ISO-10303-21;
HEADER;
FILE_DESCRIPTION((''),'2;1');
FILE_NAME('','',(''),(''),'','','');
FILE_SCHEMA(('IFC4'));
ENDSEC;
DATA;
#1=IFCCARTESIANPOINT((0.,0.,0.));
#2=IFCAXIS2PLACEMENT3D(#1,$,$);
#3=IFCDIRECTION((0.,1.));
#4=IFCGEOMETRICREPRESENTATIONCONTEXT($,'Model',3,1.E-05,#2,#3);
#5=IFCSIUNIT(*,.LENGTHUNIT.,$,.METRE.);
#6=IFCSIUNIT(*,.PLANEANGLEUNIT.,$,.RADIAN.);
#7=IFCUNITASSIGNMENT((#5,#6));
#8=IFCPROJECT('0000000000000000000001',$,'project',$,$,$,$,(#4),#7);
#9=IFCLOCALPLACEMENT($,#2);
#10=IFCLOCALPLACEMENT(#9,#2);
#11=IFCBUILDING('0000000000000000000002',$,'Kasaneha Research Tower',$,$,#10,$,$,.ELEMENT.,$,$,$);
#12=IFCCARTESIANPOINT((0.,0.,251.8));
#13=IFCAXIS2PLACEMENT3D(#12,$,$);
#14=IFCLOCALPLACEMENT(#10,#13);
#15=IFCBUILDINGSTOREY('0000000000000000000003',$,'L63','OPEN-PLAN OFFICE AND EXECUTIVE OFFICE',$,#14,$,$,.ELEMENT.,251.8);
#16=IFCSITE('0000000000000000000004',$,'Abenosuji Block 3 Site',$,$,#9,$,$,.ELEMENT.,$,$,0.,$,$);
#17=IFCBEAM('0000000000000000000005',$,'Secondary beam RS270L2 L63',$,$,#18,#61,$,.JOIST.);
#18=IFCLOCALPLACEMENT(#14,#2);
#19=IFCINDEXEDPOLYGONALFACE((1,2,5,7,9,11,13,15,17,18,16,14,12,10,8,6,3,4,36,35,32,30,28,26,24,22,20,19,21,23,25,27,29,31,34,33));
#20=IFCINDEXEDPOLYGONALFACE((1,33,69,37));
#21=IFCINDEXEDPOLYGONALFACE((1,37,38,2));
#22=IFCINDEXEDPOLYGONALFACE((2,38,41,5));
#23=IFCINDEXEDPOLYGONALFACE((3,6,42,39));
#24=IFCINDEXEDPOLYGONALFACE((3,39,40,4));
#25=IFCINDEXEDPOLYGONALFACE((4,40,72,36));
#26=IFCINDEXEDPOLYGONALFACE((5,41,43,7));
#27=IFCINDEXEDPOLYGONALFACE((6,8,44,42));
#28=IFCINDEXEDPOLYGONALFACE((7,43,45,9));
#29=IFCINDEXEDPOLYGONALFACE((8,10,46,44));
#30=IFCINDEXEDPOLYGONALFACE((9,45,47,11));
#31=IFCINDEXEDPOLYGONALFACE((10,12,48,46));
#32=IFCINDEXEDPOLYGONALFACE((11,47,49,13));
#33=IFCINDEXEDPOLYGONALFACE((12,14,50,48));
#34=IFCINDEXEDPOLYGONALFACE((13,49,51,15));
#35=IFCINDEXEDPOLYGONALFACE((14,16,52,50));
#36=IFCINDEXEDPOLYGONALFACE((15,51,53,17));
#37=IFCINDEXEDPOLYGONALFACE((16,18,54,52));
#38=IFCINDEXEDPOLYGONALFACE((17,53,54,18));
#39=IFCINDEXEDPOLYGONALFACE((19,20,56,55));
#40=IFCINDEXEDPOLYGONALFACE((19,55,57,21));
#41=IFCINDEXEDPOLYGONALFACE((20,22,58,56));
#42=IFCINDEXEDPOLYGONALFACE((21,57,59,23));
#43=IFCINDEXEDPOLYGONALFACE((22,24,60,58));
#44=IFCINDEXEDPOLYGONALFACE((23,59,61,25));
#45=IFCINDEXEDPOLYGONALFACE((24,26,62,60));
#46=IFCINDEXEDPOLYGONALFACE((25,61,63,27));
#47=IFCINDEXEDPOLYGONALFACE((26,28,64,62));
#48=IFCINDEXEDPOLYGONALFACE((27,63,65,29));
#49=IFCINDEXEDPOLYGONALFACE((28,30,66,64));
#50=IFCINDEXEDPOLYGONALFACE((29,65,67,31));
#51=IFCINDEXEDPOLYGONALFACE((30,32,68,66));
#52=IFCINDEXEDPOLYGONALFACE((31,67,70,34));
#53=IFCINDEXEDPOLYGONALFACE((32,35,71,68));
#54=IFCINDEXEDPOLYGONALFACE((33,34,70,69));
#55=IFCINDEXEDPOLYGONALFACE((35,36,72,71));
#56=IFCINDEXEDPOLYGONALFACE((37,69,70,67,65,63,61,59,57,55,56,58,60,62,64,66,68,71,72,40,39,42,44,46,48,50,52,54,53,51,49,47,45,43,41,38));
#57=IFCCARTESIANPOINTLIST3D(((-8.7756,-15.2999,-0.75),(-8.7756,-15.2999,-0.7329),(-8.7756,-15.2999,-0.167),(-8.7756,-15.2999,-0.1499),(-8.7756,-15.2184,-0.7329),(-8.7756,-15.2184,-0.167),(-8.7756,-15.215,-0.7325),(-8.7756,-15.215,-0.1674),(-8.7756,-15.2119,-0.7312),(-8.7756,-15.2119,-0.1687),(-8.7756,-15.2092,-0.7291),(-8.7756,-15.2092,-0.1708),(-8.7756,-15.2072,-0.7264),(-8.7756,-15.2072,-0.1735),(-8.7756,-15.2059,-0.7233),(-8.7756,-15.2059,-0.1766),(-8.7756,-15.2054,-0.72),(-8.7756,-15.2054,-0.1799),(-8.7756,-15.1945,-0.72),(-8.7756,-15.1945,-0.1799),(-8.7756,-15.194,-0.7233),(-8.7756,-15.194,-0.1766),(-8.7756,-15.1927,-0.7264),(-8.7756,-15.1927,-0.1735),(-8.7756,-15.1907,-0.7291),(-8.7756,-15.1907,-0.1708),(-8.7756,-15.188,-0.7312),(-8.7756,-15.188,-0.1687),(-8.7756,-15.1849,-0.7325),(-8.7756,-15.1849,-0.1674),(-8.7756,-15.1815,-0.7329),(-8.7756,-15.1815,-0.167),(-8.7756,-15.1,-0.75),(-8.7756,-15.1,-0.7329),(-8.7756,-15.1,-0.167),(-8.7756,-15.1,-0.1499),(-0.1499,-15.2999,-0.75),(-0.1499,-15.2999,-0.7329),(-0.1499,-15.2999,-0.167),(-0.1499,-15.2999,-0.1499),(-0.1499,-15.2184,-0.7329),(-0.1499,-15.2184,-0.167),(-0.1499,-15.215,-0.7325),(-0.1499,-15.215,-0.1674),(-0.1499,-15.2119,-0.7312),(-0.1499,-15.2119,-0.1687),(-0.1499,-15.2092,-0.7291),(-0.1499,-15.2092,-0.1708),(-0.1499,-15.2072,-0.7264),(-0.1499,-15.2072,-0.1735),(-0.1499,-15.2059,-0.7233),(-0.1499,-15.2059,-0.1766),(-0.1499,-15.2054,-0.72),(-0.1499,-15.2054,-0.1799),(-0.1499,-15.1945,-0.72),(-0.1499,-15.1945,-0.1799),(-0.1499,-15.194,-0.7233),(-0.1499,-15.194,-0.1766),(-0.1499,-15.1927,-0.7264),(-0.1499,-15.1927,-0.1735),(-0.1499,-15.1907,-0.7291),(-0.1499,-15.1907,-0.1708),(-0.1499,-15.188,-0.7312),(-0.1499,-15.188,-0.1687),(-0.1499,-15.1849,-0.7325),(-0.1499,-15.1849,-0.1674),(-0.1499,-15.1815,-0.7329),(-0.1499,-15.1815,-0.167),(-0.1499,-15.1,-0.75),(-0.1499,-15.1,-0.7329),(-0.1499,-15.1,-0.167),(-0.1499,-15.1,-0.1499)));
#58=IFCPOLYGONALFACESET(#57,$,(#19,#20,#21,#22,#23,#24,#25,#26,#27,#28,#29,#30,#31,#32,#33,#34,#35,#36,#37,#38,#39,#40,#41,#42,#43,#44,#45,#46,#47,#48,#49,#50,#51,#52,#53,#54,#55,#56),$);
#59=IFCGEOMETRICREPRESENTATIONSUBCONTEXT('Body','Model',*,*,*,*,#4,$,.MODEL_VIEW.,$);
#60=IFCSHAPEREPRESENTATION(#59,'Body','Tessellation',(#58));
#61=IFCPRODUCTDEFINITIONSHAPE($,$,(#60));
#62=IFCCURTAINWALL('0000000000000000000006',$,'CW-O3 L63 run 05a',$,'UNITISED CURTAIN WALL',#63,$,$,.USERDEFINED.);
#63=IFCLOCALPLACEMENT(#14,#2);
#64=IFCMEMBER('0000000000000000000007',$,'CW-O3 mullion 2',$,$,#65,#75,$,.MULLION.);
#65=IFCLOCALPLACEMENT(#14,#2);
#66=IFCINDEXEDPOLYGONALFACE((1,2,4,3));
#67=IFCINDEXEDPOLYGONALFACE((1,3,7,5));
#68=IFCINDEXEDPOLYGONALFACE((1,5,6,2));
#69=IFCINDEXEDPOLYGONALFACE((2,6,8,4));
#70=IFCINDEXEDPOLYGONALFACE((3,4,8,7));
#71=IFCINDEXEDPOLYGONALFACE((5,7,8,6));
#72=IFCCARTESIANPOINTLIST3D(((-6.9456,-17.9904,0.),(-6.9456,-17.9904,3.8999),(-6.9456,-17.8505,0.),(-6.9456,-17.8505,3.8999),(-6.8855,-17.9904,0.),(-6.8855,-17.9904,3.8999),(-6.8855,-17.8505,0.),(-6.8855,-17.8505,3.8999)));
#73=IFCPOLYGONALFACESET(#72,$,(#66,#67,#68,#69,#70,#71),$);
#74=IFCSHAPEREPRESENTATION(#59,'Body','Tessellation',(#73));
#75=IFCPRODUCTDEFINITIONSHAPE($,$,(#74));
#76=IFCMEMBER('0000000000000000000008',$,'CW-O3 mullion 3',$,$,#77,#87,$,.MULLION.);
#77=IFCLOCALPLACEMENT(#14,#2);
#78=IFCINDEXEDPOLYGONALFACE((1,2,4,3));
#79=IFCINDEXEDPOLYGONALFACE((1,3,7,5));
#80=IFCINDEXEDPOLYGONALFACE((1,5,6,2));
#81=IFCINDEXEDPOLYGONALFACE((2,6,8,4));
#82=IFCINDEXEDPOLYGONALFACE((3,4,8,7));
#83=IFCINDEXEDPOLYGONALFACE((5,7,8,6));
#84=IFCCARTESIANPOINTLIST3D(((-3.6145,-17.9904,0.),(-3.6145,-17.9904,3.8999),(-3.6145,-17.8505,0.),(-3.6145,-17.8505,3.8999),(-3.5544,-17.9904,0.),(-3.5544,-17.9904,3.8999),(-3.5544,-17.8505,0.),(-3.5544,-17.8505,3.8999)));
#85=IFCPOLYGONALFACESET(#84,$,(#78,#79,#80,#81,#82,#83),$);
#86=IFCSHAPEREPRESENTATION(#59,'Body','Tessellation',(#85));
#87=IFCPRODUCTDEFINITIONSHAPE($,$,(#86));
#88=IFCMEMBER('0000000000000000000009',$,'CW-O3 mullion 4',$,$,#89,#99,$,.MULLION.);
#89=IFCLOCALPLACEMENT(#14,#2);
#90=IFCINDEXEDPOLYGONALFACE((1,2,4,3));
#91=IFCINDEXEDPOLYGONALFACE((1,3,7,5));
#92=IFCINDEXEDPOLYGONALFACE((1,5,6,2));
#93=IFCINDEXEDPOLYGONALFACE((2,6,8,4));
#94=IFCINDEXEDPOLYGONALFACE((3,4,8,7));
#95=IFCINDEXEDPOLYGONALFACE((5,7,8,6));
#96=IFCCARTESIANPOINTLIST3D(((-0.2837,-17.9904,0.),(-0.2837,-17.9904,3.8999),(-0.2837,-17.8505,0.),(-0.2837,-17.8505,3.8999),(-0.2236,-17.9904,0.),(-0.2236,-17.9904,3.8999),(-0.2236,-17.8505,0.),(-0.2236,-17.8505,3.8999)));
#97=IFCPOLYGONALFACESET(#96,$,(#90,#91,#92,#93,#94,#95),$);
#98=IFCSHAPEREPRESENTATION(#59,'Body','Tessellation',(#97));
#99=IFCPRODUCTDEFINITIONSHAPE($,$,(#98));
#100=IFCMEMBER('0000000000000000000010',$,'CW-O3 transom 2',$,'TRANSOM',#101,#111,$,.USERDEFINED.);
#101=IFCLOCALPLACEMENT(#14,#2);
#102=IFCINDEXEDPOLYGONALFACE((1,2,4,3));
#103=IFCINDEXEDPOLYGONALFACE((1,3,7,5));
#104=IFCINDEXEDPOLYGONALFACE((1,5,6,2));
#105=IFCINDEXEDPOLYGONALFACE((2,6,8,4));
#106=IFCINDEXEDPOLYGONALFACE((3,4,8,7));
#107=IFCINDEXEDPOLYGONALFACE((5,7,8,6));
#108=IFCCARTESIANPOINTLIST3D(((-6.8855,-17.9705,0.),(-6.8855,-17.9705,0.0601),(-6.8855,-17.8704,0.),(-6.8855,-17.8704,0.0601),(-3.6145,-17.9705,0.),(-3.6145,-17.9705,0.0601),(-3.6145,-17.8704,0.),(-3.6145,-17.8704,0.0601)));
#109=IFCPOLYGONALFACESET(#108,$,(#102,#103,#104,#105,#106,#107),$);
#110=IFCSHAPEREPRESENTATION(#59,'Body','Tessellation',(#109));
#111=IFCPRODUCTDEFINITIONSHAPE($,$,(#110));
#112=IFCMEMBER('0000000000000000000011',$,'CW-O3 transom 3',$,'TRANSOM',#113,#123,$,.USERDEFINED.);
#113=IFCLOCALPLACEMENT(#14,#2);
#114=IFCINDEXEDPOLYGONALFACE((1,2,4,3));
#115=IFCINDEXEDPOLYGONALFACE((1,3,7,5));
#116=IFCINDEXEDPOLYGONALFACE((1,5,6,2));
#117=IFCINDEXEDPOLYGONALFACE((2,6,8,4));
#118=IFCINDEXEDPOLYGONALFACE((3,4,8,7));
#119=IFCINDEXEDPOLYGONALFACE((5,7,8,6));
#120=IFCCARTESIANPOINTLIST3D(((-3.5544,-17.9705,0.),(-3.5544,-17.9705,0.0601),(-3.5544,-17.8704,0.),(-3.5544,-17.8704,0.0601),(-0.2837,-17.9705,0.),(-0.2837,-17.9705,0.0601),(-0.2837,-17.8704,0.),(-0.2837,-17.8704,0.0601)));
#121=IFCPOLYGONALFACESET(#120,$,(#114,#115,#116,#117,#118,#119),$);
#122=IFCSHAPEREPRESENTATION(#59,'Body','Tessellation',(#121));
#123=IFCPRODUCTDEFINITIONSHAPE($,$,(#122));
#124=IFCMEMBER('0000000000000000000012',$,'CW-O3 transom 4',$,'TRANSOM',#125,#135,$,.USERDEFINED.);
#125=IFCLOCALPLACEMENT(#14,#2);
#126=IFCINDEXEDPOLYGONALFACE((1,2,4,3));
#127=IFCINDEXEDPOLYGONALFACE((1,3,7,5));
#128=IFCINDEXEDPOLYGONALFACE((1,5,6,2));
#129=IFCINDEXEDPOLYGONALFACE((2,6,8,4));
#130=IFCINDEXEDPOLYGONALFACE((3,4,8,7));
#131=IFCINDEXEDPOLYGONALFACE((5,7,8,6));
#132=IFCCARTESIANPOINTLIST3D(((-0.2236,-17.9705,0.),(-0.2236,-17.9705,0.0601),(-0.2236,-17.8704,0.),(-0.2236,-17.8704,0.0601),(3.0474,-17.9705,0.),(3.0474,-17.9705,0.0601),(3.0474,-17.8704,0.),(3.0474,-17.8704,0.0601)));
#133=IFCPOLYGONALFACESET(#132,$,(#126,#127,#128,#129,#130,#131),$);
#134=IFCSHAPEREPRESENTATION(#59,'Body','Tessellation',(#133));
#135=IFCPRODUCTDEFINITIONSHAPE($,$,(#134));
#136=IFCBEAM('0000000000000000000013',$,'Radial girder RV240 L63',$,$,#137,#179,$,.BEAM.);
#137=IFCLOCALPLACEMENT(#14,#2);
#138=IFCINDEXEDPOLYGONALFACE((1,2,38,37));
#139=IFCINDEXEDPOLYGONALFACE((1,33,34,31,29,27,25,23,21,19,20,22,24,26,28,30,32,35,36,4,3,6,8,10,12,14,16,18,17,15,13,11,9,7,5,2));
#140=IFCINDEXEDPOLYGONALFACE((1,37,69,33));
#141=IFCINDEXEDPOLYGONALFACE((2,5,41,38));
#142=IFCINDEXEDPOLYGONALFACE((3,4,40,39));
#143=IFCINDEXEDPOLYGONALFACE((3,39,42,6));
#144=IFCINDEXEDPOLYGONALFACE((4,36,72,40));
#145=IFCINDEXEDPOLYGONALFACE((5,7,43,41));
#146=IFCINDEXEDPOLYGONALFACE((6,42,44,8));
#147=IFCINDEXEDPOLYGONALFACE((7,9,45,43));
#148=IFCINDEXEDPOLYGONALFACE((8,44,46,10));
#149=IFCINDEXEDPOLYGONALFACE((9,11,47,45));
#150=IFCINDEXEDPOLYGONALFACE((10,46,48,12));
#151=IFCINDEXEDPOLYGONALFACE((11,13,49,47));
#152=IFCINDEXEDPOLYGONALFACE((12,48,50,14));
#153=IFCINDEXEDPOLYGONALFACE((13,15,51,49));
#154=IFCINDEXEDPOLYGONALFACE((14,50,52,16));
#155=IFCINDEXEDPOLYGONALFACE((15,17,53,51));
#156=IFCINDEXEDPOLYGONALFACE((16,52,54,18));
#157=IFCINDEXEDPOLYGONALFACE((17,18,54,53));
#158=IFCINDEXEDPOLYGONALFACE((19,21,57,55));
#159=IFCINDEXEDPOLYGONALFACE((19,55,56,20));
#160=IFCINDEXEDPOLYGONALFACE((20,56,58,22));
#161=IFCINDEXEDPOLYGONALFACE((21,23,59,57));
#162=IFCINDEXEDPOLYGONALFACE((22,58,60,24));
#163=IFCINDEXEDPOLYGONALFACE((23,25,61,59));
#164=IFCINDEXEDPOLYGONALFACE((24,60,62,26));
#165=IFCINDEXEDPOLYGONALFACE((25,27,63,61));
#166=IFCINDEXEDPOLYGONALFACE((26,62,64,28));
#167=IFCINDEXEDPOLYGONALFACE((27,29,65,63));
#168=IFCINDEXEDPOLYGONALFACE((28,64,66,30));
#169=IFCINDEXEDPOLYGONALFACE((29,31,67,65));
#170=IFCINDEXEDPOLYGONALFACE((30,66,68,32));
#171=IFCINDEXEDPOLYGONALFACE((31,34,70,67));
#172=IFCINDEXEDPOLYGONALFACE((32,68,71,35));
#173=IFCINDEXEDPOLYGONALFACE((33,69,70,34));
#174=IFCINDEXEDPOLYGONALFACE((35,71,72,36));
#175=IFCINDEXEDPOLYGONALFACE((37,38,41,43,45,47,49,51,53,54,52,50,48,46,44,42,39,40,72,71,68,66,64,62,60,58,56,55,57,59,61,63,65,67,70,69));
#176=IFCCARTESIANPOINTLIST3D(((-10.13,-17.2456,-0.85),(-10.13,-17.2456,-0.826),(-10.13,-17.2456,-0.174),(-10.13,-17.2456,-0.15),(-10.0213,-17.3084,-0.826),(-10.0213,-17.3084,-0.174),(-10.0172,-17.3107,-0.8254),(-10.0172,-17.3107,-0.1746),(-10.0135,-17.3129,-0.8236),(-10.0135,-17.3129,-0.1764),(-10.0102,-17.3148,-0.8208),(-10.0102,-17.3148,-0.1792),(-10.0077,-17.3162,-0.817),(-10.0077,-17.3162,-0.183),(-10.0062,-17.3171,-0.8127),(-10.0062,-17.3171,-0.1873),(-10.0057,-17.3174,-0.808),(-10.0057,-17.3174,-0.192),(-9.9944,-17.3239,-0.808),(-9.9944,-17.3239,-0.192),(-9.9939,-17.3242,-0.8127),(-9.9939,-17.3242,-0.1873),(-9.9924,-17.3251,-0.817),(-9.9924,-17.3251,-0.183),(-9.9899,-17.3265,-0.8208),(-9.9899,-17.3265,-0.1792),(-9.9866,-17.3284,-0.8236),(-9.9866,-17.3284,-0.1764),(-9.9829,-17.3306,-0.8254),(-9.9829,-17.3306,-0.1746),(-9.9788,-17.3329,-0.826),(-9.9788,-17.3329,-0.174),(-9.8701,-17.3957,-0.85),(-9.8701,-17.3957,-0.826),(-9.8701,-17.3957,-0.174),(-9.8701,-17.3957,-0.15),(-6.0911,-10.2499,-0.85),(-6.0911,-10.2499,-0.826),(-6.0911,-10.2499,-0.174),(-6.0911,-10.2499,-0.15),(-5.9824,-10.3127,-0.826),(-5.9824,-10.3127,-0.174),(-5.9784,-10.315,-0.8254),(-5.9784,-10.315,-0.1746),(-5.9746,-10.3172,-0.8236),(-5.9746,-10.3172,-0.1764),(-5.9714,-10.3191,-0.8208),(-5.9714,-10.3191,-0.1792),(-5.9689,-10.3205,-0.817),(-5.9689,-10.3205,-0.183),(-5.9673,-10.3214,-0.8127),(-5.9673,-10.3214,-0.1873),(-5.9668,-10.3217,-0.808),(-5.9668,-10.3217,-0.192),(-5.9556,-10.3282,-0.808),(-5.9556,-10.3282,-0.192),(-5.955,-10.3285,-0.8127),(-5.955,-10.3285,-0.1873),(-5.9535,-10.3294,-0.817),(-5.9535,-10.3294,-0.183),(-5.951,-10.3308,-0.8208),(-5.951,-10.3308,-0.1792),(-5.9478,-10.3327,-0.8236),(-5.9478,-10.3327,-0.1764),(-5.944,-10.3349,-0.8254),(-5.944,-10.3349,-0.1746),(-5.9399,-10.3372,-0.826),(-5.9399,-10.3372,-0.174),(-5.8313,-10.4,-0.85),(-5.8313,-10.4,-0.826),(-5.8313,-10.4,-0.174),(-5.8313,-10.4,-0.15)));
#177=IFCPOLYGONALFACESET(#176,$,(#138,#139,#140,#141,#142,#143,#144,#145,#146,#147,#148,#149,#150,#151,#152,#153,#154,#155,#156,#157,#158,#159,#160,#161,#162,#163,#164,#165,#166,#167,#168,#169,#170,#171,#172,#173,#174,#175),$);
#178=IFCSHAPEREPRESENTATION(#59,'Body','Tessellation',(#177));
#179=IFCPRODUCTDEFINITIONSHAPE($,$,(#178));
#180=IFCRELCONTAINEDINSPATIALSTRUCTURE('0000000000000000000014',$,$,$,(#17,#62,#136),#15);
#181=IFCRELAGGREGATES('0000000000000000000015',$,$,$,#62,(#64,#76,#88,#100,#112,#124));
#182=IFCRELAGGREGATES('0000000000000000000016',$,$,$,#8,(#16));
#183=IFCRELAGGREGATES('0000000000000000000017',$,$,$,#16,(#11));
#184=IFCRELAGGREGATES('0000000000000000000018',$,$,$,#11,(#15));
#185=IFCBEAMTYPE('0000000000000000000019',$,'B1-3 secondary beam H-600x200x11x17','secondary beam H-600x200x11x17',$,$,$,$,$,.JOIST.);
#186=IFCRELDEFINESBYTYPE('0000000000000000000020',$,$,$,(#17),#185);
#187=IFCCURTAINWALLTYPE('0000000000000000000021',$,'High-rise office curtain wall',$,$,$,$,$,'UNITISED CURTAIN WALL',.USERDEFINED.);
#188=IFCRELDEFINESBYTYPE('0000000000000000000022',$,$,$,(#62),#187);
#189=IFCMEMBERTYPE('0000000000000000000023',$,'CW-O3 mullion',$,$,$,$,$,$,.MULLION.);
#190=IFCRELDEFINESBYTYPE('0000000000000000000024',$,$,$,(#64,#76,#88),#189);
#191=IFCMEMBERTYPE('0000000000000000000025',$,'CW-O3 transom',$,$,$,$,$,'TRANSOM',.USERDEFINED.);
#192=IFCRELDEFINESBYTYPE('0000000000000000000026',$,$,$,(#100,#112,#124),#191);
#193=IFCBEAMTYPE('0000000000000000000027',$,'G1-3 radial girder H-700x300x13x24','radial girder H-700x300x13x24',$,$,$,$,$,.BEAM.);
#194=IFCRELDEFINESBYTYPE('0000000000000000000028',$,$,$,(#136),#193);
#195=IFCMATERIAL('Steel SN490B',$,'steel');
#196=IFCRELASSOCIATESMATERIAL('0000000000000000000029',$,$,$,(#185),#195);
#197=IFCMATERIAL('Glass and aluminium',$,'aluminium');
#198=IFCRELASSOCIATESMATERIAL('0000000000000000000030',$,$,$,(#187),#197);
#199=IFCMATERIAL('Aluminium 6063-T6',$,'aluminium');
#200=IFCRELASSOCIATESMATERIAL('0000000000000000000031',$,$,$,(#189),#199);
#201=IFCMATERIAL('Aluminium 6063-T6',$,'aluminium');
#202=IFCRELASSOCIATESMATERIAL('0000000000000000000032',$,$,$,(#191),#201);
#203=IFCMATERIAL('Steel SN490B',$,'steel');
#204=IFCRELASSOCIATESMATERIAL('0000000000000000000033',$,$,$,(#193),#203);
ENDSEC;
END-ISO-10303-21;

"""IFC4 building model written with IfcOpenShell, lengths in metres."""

from ifc_helpers import new_model, si_unit, direction, frame, origin, origin_2d, place, context, subcontext, project, spatial, rectangle, i_section, extrude, material, material_profile, profile_set, type_object, element, aggregate, save


model = new_model("IFC4")

# Units and contexts
model_context = context("Model", 3, precision=1e-05, world=origin(), true_north=direction((0.0, 1.0)))
body_context = subcontext(model_context, "Body", "Model", "MODEL_VIEW")
ifc_project = project(units=[si_unit("LENGTHUNIT", "METRE"), si_unit("PLANEANGLEUNIT", "RADIAN")], contexts=[model_context])

# Site, building, storey
site_placement = place(None, origin())
site = spatial("IfcSite", under=ifc_project, at=site_placement, Name="Abenosuji Block 3 Site", CompositionType="ELEMENT", RefElevation=0.0)
building_placement = place(site_placement, origin())
building = spatial("IfcBuilding", under=site, at=building_placement, Name="Kasaneha Research Tower", CompositionType="ELEMENT")
storey_placement = place(building_placement, frame((0.0, 0.0, 251.8)))
storey = spatial("IfcBuildingStorey", under=building, at=storey_placement, Name="L63", Description="OPEN-PLAN OFFICE AND EXECUTIVE OFFICE", CompositionType="ELEMENT", Elevation=251.8)

# Beam
ifc_material_1 = material(Name="Steel SN490B", Category="steel")
ifc_material_profile_1 = material_profile(ifc_material_1, i_section(OverallWidth=0.2, OverallDepth=0.6001, WebThickness=0.011, FlangeThickness=0.0171, FilletRadius=0.0129, at=origin_2d()), Name="H-600x200x11x17")
ifc_profile_set_1 = profile_set([ifc_material_profile_1], Name="Steel SN490B")
beam_type_1 = type_object("IfcBeamType", Name="B1-3 secondary beam H-600x200x11x17", Description="secondary beam H-600x200x11x17", PredefinedType="JOIST", material=ifc_profile_set_1)
beam_1_placement = place(storey_placement, frame((-8.7756, -15.2, -0.45), z_axis=(1.0, 0.0, 0.0), x_axis=(0.0, 1.0, 0.0)))
element("IfcBeam", 1, at=beam_1_placement, inside=storey, type_object=beam_type_1, Name="Secondary beam RS270L2 L63", PredefinedType="JOIST", context=body_context, shape_type="SweptSolid", body=[
    extrude(i_section(OverallWidth=0.2, OverallDepth=0.6001, WebThickness=0.011, FlangeThickness=0.0171, FilletRadius=0.0129, at=origin_2d()), origin(), (0.0, 0.0, 1.0), 8.6257),
])

# Curtain wall, members
ifc_material_2 = material(Name="Glass and aluminium", Category="aluminium")
curtain_wall_type = type_object("IfcCurtainWallType", Name="High-rise office curtain wall", ElementType="UNITISED CURTAIN WALL", PredefinedType="USERDEFINED", material=ifc_material_2)
curtain_wall_placement = place(storey_placement, origin())
curtain_wall = element("IfcCurtainWall", 2, at=curtain_wall_placement, inside=storey, type_object=curtain_wall_type, Name="CW-O3 L63 run 05a", ObjectType="UNITISED CURTAIN WALL", PredefinedType="USERDEFINED")
ifc_material_3 = material(Name="Aluminium 6063-T6", Category="aluminium")
ifc_material_profile_2 = material_profile(ifc_material_3, rectangle(XDim=0.0601, YDim=0.1399, at=origin_2d()), Name="CW-O3 mullion 60x140")
ifc_profile_set_2 = profile_set([ifc_material_profile_2], Name="Aluminium 6063-T6")
member_type_1 = type_object("IfcMemberType", Name="CW-O3 mullion", PredefinedType="MULLION", material=ifc_profile_set_2)
member_1_placement = place(storey_placement, frame((-6.9155, -17.9204, 0.0), z_axis=(0.0, 0.0, 1.0), x_axis=(1.0, 0.0, 0.0)))
member_1 = element("IfcMember", 3, at=member_1_placement, type_object=member_type_1, Name="CW-O3 mullion 2", PredefinedType="MULLION", context=body_context, shape_type="SweptSolid", body=[
    extrude(rectangle(XDim=0.0601, YDim=0.1399, at=origin_2d()), origin(), (0.0, 0.0, 1.0), 3.8999),
])
member_2_placement = place(storey_placement, frame((-3.5845, -17.9204, 0.0), z_axis=(0.0, 0.0, 1.0), x_axis=(1.0, 0.0, 0.0)))
member_2 = element("IfcMember", 4, at=member_2_placement, type_object=member_type_1, Name="CW-O3 mullion 3", PredefinedType="MULLION", context=body_context, shape_type="SweptSolid", body=[
    extrude(rectangle(XDim=0.0601, YDim=0.1399, at=origin_2d()), origin(), (0.0, 0.0, 1.0), 3.8999),
])
member_3_placement = place(storey_placement, frame((-0.2537, -17.9204, 0.0), z_axis=(0.0, 0.0, 1.0), x_axis=(1.0, 0.0, 0.0)))
member_3 = element("IfcMember", 5, at=member_3_placement, type_object=member_type_1, Name="CW-O3 mullion 4", PredefinedType="MULLION", context=body_context, shape_type="SweptSolid", body=[
    extrude(rectangle(XDim=0.0601, YDim=0.1399, at=origin_2d()), origin(), (0.0, 0.0, 1.0), 3.8999),
])
ifc_material_4 = material(Name="Aluminium 6063-T6", Category="aluminium")
ifc_material_profile_3 = material_profile(ifc_material_4, rectangle(XDim=0.1001, YDim=0.0601, at=origin_2d()), Name="CW-O3 transom 100x60")
ifc_profile_set_3 = profile_set([ifc_material_profile_3], Name="Aluminium 6063-T6")
member_type_2 = type_object("IfcMemberType", Name="CW-O3 transom", ElementType="TRANSOM", PredefinedType="USERDEFINED", material=ifc_profile_set_3)
member_4_placement = place(storey_placement, frame((-6.8855, -17.9204, 0.03), z_axis=(1.0, 0.0, 0.0), x_axis=(0.0, 1.0, 0.0)))
member_4 = element("IfcMember", 6, at=member_4_placement, type_object=member_type_2, Name="CW-O3 transom 2", ObjectType="TRANSOM", PredefinedType="USERDEFINED", context=body_context, shape_type="SweptSolid", body=[
    extrude(rectangle(XDim=0.1001, YDim=0.0601, at=origin_2d()), origin(), (0.0, 0.0, 1.0), 3.271),
])
member_5_placement = place(storey_placement, frame((-3.5544, -17.9204, 0.03), z_axis=(1.0, 0.0, 0.0), x_axis=(0.0, 1.0, 0.0)))
member_5 = element("IfcMember", 7, at=member_5_placement, type_object=member_type_2, Name="CW-O3 transom 3", ObjectType="TRANSOM", PredefinedType="USERDEFINED", context=body_context, shape_type="SweptSolid", body=[
    extrude(rectangle(XDim=0.1001, YDim=0.0601, at=origin_2d()), origin(), (0.0, 0.0, 1.0), 3.2708),
])
member_6_placement = place(storey_placement, frame((-0.2236, -17.9204, 0.03), z_axis=(1.0, 0.0, 0.0), x_axis=(0.0, 1.0, 0.0)))
member_6 = element("IfcMember", 8, at=member_6_placement, type_object=member_type_2, Name="CW-O3 transom 4", ObjectType="TRANSOM", PredefinedType="USERDEFINED", context=body_context, shape_type="SweptSolid", body=[
    extrude(rectangle(XDim=0.1001, YDim=0.0601, at=origin_2d()), origin(), (0.0, 0.0, 1.0), 3.271),
])

# Beam
ifc_material_5 = material(Name="Steel SN490B", Category="steel")
ifc_material_profile_4 = material_profile(ifc_material_5, i_section(OverallWidth=0.3, OverallDepth=0.7, WebThickness=0.0129, FlangeThickness=0.0239, FilletRadius=0.0181, at=origin_2d()), Name="H-700x300x13x24")
ifc_profile_set_4 = profile_set([ifc_material_profile_4], Name="Steel SN490B")
beam_type_2 = type_object("IfcBeamType", Name="G1-3 radial girder H-700x300x13x24", Description="radial girder H-700x300x13x24", PredefinedType="BEAM", material=ifc_profile_set_4)
beam_2_placement = place(storey_placement, frame((-5.9612, -10.325, -0.5), z_axis=(-0.499991, -0.866031, 0.0), x_axis=(0.866031, -0.499991, 0.0)))
element("IfcBeam", 9, at=beam_2_placement, inside=storey, type_object=beam_type_2, Name="Radial girder RV240 L63", PredefinedType="BEAM", context=body_context, shape_type="SweptSolid", body=[
    extrude(i_section(OverallWidth=0.3, OverallDepth=0.7, WebThickness=0.0129, FlangeThickness=0.0239, FilletRadius=0.0181, at=origin_2d()), origin(), (0.0, 0.0, 1.0), 8.0779),
])

aggregate(curtain_wall, [member_1, member_2, member_3, member_4, member_5, member_6])

save(model, "model.ifc")
